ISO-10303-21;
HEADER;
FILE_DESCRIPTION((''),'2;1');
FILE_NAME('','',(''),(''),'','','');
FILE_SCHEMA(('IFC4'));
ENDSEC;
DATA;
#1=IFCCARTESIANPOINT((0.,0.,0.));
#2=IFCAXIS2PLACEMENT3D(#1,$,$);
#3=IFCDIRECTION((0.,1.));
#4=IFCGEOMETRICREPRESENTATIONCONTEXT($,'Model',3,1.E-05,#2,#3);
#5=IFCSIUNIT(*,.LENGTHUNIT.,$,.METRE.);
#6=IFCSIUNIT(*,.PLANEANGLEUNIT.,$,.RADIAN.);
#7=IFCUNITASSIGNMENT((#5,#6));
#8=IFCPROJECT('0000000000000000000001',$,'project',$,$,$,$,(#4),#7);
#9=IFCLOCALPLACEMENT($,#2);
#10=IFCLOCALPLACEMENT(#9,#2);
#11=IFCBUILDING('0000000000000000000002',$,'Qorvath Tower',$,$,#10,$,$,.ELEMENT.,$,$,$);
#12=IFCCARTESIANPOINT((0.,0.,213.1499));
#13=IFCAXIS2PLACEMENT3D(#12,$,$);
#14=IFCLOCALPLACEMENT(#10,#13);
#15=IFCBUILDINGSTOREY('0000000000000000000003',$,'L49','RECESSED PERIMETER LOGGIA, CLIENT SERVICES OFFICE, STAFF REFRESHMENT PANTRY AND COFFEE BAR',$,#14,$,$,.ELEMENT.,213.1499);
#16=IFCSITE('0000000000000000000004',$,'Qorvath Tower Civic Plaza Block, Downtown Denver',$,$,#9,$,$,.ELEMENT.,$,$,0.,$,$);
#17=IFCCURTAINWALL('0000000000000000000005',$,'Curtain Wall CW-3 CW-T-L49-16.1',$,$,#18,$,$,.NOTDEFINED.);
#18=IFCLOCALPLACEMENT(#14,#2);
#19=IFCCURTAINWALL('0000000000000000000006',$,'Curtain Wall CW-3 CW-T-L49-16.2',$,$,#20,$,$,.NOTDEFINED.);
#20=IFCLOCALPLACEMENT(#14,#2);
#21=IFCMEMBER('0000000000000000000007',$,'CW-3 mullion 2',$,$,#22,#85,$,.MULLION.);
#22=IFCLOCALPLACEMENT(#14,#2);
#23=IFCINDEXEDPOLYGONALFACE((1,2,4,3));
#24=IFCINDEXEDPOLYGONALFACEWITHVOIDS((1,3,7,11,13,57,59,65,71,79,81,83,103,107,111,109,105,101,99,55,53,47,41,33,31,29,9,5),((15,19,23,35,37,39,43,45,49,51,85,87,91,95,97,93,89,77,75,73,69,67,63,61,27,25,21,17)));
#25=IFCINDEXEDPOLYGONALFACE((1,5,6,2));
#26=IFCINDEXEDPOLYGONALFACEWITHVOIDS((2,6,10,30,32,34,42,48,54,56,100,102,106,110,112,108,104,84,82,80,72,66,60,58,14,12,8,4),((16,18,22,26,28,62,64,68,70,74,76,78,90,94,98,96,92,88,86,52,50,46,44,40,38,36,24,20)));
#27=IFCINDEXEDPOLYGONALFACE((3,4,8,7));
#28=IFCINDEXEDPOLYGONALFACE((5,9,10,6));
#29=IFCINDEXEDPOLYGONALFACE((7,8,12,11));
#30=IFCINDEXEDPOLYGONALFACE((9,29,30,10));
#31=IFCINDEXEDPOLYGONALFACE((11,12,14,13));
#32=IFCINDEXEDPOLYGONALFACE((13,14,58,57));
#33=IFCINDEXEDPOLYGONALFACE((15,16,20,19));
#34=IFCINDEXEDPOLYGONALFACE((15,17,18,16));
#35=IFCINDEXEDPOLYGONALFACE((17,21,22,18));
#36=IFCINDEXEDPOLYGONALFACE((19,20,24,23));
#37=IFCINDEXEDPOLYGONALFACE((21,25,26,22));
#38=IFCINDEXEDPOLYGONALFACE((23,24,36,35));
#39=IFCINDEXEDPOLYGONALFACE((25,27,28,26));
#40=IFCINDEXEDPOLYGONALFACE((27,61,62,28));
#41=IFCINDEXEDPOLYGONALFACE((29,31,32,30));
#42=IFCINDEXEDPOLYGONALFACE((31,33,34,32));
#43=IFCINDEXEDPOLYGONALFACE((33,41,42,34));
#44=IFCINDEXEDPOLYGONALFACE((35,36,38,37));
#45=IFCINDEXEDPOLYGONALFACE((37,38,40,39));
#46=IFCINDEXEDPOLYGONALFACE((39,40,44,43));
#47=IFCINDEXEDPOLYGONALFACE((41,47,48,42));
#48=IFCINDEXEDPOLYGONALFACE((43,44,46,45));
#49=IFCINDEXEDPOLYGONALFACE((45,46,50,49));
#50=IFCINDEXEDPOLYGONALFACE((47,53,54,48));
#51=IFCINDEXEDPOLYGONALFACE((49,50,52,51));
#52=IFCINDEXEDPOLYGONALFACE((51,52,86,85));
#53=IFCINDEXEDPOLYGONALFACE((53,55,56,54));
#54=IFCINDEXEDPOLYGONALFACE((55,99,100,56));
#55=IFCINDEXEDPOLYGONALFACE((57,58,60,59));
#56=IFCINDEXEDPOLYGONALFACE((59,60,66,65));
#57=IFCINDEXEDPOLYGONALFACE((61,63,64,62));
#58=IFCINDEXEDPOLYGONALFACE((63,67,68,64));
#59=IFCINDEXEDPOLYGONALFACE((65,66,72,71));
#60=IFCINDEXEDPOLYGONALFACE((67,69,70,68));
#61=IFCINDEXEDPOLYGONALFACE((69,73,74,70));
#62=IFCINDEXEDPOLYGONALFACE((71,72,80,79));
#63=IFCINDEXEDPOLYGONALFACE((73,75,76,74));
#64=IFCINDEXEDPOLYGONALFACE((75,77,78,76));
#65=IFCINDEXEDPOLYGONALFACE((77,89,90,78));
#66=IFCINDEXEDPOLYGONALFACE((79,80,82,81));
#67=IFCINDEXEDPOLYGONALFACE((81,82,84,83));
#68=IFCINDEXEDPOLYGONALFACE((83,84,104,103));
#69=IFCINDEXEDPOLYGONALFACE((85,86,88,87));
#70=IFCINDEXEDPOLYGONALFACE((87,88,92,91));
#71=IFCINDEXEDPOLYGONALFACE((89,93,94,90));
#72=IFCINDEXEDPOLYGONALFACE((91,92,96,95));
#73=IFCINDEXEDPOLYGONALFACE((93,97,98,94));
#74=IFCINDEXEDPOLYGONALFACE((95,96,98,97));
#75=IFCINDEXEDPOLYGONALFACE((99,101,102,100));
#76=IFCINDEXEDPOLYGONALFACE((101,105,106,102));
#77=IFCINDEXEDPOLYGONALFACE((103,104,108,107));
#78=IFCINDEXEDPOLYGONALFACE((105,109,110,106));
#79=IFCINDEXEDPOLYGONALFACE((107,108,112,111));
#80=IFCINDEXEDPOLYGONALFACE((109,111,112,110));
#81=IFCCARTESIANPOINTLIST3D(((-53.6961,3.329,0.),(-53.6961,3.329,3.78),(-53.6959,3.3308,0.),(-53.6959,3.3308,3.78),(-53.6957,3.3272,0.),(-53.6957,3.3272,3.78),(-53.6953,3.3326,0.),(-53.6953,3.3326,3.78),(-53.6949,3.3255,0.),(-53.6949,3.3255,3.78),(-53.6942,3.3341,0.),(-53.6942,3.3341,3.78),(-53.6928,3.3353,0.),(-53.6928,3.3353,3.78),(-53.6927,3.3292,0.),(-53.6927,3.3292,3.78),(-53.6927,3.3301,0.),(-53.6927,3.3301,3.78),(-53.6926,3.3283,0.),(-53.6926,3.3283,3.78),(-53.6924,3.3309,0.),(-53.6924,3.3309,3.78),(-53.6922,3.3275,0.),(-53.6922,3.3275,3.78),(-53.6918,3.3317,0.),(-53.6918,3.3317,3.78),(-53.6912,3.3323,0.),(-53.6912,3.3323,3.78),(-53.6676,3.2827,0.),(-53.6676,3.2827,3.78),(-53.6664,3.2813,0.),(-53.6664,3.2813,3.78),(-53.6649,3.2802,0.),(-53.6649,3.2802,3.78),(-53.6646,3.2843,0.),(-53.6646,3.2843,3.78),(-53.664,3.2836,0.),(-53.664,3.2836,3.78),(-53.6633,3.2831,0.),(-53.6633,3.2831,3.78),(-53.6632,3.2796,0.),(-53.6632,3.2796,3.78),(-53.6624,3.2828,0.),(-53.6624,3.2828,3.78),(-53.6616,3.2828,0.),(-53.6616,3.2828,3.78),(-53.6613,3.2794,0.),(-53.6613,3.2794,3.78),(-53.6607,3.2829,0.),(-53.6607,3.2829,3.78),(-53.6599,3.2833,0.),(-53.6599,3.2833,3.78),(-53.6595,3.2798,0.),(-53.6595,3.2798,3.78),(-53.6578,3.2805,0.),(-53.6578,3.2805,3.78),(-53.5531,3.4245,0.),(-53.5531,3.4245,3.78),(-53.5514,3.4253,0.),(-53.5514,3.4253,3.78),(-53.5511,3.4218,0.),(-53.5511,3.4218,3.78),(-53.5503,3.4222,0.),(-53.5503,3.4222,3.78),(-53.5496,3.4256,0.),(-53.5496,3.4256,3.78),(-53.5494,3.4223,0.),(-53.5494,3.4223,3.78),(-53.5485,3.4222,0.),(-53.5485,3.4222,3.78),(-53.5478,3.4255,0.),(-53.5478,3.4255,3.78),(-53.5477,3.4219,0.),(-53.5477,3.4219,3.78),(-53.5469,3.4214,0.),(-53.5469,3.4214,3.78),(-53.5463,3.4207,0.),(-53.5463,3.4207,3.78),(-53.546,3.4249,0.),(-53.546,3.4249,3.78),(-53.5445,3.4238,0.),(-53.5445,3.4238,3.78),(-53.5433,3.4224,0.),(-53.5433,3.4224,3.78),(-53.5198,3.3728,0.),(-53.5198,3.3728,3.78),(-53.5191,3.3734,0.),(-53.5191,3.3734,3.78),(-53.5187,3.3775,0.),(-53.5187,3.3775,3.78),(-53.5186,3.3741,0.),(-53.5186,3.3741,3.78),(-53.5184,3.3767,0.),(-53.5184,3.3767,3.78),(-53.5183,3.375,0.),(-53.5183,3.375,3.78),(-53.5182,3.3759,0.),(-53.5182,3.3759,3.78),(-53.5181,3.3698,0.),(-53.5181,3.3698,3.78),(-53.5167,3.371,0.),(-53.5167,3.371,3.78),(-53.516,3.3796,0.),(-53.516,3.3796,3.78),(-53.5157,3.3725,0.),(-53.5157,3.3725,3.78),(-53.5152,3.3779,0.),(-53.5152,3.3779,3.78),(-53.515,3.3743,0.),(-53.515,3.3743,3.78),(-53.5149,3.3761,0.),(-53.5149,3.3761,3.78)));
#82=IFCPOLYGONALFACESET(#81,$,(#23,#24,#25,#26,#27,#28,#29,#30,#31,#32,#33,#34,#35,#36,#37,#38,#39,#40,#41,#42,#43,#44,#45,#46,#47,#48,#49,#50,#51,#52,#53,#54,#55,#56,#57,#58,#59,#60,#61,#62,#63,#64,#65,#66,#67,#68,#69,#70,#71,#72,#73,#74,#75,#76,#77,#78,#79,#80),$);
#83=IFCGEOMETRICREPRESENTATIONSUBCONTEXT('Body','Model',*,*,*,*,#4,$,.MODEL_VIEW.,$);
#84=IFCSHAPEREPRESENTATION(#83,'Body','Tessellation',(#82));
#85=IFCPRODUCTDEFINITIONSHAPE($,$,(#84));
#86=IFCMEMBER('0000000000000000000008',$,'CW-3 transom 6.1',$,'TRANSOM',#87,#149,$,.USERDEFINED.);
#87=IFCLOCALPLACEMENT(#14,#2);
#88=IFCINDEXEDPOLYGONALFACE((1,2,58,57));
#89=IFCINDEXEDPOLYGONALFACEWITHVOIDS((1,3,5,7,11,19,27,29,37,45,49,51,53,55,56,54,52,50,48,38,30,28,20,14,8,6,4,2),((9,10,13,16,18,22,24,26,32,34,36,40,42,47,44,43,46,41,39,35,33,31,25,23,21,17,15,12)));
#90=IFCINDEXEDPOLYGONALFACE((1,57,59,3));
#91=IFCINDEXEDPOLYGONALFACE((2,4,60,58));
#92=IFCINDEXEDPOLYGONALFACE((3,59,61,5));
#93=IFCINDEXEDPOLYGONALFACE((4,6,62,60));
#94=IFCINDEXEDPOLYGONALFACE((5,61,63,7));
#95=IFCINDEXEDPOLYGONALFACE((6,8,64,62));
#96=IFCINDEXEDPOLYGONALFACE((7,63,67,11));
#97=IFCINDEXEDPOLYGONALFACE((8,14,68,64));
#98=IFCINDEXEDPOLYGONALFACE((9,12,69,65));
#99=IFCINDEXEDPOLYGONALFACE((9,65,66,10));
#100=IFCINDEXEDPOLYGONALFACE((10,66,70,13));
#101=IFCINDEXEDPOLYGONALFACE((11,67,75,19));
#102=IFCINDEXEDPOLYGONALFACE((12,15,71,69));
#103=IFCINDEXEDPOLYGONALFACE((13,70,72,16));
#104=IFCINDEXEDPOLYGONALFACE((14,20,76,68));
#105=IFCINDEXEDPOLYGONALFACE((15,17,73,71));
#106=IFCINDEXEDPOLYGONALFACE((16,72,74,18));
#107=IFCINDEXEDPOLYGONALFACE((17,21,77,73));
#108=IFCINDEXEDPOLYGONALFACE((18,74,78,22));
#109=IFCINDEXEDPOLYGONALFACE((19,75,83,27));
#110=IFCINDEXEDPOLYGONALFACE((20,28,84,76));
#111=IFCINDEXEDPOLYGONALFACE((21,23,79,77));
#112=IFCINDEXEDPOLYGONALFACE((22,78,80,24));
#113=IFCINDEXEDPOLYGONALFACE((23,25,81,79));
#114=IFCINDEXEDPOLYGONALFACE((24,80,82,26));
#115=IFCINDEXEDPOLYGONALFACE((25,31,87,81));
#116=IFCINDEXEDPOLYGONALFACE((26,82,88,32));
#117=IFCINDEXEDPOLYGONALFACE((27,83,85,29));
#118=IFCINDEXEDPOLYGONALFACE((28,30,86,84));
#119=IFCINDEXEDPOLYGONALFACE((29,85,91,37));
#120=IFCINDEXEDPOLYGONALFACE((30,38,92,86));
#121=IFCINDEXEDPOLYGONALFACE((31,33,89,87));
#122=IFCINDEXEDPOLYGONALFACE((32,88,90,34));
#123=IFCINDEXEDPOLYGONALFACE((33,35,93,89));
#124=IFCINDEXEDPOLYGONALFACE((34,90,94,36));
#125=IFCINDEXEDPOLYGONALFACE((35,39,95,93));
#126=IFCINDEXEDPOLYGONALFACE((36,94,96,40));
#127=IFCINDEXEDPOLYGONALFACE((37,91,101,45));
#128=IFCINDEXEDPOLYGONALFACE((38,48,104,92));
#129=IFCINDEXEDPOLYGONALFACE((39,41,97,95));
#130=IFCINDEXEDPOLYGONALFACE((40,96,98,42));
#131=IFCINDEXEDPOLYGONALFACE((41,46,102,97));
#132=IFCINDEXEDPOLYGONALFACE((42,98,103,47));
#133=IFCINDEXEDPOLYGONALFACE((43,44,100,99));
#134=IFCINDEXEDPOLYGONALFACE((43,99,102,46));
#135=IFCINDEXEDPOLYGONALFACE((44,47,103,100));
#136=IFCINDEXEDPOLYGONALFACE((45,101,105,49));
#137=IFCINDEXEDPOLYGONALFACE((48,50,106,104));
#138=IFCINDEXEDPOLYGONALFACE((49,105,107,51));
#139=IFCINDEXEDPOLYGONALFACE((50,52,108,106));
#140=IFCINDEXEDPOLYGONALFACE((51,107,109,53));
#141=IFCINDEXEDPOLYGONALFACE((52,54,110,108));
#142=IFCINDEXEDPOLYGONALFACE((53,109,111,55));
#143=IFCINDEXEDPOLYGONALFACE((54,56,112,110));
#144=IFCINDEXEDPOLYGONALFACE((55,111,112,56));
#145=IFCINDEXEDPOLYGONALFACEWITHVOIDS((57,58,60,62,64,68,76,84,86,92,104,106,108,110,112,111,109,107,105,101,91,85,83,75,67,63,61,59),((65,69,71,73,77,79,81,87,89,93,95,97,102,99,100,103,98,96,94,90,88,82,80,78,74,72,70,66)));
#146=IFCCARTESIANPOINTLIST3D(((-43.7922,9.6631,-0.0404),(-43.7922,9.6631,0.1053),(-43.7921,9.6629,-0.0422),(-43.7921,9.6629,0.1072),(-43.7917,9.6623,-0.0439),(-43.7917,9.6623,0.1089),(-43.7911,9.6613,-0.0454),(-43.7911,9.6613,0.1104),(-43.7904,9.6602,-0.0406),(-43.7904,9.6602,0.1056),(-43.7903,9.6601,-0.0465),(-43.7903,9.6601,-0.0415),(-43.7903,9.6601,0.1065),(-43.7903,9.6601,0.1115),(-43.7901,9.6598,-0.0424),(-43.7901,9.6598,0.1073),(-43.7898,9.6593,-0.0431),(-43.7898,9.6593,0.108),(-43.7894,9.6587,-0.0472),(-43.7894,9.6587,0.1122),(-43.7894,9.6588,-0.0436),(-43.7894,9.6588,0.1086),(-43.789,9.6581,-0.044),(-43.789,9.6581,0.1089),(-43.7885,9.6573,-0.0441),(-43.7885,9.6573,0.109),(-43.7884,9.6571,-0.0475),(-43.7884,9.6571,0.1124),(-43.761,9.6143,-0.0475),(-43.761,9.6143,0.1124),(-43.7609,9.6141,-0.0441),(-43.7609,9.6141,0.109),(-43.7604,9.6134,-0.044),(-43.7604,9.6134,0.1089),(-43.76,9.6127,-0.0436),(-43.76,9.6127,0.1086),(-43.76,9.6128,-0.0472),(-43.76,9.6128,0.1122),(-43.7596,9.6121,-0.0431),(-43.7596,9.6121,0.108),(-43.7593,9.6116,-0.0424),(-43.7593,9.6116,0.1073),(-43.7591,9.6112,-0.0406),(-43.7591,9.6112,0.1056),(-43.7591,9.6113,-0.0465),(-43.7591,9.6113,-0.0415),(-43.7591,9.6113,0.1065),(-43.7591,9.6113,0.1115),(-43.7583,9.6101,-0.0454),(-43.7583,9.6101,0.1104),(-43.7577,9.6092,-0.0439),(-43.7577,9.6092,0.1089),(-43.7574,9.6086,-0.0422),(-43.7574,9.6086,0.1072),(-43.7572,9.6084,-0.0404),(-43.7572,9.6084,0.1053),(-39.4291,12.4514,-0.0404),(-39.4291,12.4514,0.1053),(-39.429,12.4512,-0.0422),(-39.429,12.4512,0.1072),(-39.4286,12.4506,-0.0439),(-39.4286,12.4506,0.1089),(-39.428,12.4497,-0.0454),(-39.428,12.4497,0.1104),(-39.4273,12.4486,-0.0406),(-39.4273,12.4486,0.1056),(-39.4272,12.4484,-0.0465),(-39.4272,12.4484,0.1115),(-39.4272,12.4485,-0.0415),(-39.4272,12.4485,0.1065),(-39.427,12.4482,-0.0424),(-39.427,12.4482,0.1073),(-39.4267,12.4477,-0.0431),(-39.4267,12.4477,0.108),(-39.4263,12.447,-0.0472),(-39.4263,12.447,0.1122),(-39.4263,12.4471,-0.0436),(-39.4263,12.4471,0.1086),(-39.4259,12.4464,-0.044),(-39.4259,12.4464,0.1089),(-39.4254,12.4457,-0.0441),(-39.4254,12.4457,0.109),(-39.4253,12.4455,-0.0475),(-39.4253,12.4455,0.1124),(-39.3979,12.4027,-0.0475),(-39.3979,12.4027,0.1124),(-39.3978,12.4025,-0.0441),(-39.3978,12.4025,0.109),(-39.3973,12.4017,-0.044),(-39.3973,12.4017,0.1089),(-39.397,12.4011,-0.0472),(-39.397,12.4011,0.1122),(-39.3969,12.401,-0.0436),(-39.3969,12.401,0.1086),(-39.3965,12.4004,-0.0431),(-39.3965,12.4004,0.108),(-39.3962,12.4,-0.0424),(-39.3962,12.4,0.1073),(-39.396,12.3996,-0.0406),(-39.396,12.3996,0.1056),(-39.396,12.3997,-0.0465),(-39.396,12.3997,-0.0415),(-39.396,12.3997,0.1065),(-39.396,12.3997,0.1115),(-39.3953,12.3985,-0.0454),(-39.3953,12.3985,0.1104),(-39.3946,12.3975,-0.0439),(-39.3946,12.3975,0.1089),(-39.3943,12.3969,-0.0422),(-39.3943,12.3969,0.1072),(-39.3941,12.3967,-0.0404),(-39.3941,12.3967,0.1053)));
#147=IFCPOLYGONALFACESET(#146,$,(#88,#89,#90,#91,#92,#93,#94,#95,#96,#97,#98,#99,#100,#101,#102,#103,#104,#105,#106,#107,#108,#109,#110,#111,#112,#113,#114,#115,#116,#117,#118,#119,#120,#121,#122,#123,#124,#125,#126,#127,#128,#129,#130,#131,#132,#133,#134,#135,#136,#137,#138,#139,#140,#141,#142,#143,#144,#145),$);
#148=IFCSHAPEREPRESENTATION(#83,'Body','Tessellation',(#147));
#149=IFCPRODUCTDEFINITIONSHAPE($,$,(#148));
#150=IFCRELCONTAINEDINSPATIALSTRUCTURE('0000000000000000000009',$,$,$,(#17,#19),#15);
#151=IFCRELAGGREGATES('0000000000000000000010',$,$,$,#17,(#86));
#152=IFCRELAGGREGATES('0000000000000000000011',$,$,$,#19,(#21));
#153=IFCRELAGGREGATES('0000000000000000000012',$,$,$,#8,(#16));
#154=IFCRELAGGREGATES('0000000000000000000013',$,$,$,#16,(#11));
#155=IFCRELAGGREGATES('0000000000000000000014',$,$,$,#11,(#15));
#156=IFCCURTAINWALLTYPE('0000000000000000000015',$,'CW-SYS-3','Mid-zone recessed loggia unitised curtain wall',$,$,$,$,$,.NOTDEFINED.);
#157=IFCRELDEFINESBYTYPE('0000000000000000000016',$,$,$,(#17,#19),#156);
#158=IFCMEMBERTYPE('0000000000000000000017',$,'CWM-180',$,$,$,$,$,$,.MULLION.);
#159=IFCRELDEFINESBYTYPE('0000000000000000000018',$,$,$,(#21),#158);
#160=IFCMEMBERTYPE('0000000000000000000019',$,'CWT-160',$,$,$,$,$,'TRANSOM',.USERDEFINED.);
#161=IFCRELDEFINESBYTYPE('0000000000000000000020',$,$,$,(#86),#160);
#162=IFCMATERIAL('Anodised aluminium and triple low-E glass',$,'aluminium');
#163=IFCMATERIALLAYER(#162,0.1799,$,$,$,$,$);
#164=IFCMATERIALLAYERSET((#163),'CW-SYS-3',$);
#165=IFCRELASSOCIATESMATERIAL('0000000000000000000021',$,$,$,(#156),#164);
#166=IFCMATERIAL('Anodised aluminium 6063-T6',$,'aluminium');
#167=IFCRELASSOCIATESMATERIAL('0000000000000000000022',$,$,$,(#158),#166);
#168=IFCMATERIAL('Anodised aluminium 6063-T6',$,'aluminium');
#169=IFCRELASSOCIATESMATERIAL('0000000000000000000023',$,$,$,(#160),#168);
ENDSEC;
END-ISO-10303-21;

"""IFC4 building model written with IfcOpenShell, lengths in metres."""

from ifc_helpers import new_model, si_unit, direction, frame, origin, origin_2d, place, context, subcontext, project, spatial, hollow_rectangle, extrude, material, layer, layer_set, material_profile, profile_set, type_object, element, aggregate, save


model = new_model("IFC4")

# Units and contexts
model_context = context("Model", 3, precision=1e-05, world=origin(), true_north=direction((0.0, 1.0)))
body_context = subcontext(model_context, "Body", "Model", "MODEL_VIEW")
ifc_project = project(units=[si_unit("LENGTHUNIT", "METRE"), si_unit("PLANEANGLEUNIT", "RADIAN")], contexts=[model_context])

# Site, building, storey
site_placement = place(None, origin())
site = spatial("IfcSite", under=ifc_project, at=site_placement, Name="Qorvath Tower Civic Plaza Block, Downtown Denver", CompositionType="ELEMENT", RefElevation=0.0)
building_placement = place(site_placement, origin())
building = spatial("IfcBuilding", under=site, at=building_placement, Name="Qorvath Tower", CompositionType="ELEMENT")
storey_placement = place(building_placement, frame((0.0, 0.0, 213.1499)))
storey = spatial("IfcBuildingStorey", under=building, at=storey_placement, Name="L49", Description="RECESSED PERIMETER LOGGIA, CLIENT SERVICES OFFICE, STAFF REFRESHMENT PANTRY AND COFFEE BAR", CompositionType="ELEMENT", Elevation=213.1499)

# Curtain walls, member
ifc_material_1 = material(Name="Anodised aluminium and triple low-E glass", Category="aluminium")
ifc_layer_1 = layer(ifc_material_1, 0.1799)
ifc_layer_set_1 = layer_set([ifc_layer_1], Name="CW-SYS-3")
curtain_wall_type = type_object("IfcCurtainWallType", Name="CW-SYS-3", Description="Mid-zone recessed loggia unitised curtain wall", PredefinedType="NOTDEFINED", material=ifc_layer_set_1)
curtain_wall_1_placement = place(storey_placement, origin())
curtain_wall_1 = element("IfcCurtainWall", 1, at=curtain_wall_1_placement, inside=storey, type_object=curtain_wall_type, Name="Curtain Wall CW-3 CW-T-L49-16.1", PredefinedType="NOTDEFINED")
ifc_material_2 = material(Name="Anodised aluminium 6063-T6", Category="aluminium")
ifc_material_profile_1 = material_profile(ifc_material_2, hollow_rectangle(XDim=0.0649, YDim=0.1799, WallThickness=0.0034, InnerFilletRadius=0.0034, OuterFilletRadius=0.0071, at=origin_2d()), Name="CWM 180x65")
ifc_profile_set_1 = profile_set([ifc_material_profile_1], Name="Anodised aluminium 6063-T6")
member_type_1 = type_object("IfcMemberType", Name="CWM-180", PredefinedType="MULLION", material=ifc_profile_set_1)
curtain_wall_2_placement = place(storey_placement, origin())
curtain_wall_2 = element("IfcCurtainWall", 2, at=curtain_wall_2_placement, inside=storey, type_object=curtain_wall_type, Name="Curtain Wall CW-3 CW-T-L49-16.2", PredefinedType="NOTDEFINED")
member_1_placement = place(storey_placement, frame((-53.6055, 3.3525, 0.0), z_axis=(0.0, 0.0, 1.0), x_axis=(0.538537, -0.842602, 0.0)))
member_1 = element("IfcMember", 3, at=member_1_placement, type_object=member_type_1, Name="CW-3 mullion 2", PredefinedType="MULLION", context=body_context, shape_type="SweptSolid", body=[
    extrude(hollow_rectangle(XDim=0.0649, YDim=0.1799, WallThickness=0.0034, InnerFilletRadius=0.0034, OuterFilletRadius=0.0071, at=origin_2d()), origin(), (0.0, 0.0, 1.0), 3.78),
])

# Member
ifc_material_3 = material(Name="Anodised aluminium 6063-T6", Category="aluminium")
ifc_material_profile_2 = material_profile(ifc_material_3, hollow_rectangle(XDim=0.0649, YDim=0.1599, WallThickness=0.0034, InnerFilletRadius=0.0034, OuterFilletRadius=0.0071, at=origin_2d()), Name="CWT 160x65")
ifc_profile_set_2 = profile_set([ifc_material_profile_2], Name="Anodised aluminium 6063-T6")
member_type_2 = type_object("IfcMemberType", Name="CWT-160", ElementType="TRANSOM", PredefinedType="USERDEFINED", material=ifc_profile_set_2)
member_2_placement = place(storey_placement, frame((-39.4116, 12.4241, 0.0325), z_axis=(-0.842623, -0.538504, 0.0), x_axis=(0.538504, -0.842623, 0.0)))
member_2 = element("IfcMember", 4, at=member_2_placement, type_object=member_type_2, Name="CW-3 transom 6.1", ObjectType="TRANSOM", PredefinedType="USERDEFINED", context=body_context, shape_type="SweptSolid", body=[
    extrude(hollow_rectangle(XDim=0.0649, YDim=0.1599, WallThickness=0.0034, InnerFilletRadius=0.0034, OuterFilletRadius=0.0071, at=origin_2d()), origin(), (0.0, 0.0, 1.0), 5.178),
])

aggregate(curtain_wall_1, [member_2])
aggregate(curtain_wall_2, [member_1])

save(model, "model.ifc")
